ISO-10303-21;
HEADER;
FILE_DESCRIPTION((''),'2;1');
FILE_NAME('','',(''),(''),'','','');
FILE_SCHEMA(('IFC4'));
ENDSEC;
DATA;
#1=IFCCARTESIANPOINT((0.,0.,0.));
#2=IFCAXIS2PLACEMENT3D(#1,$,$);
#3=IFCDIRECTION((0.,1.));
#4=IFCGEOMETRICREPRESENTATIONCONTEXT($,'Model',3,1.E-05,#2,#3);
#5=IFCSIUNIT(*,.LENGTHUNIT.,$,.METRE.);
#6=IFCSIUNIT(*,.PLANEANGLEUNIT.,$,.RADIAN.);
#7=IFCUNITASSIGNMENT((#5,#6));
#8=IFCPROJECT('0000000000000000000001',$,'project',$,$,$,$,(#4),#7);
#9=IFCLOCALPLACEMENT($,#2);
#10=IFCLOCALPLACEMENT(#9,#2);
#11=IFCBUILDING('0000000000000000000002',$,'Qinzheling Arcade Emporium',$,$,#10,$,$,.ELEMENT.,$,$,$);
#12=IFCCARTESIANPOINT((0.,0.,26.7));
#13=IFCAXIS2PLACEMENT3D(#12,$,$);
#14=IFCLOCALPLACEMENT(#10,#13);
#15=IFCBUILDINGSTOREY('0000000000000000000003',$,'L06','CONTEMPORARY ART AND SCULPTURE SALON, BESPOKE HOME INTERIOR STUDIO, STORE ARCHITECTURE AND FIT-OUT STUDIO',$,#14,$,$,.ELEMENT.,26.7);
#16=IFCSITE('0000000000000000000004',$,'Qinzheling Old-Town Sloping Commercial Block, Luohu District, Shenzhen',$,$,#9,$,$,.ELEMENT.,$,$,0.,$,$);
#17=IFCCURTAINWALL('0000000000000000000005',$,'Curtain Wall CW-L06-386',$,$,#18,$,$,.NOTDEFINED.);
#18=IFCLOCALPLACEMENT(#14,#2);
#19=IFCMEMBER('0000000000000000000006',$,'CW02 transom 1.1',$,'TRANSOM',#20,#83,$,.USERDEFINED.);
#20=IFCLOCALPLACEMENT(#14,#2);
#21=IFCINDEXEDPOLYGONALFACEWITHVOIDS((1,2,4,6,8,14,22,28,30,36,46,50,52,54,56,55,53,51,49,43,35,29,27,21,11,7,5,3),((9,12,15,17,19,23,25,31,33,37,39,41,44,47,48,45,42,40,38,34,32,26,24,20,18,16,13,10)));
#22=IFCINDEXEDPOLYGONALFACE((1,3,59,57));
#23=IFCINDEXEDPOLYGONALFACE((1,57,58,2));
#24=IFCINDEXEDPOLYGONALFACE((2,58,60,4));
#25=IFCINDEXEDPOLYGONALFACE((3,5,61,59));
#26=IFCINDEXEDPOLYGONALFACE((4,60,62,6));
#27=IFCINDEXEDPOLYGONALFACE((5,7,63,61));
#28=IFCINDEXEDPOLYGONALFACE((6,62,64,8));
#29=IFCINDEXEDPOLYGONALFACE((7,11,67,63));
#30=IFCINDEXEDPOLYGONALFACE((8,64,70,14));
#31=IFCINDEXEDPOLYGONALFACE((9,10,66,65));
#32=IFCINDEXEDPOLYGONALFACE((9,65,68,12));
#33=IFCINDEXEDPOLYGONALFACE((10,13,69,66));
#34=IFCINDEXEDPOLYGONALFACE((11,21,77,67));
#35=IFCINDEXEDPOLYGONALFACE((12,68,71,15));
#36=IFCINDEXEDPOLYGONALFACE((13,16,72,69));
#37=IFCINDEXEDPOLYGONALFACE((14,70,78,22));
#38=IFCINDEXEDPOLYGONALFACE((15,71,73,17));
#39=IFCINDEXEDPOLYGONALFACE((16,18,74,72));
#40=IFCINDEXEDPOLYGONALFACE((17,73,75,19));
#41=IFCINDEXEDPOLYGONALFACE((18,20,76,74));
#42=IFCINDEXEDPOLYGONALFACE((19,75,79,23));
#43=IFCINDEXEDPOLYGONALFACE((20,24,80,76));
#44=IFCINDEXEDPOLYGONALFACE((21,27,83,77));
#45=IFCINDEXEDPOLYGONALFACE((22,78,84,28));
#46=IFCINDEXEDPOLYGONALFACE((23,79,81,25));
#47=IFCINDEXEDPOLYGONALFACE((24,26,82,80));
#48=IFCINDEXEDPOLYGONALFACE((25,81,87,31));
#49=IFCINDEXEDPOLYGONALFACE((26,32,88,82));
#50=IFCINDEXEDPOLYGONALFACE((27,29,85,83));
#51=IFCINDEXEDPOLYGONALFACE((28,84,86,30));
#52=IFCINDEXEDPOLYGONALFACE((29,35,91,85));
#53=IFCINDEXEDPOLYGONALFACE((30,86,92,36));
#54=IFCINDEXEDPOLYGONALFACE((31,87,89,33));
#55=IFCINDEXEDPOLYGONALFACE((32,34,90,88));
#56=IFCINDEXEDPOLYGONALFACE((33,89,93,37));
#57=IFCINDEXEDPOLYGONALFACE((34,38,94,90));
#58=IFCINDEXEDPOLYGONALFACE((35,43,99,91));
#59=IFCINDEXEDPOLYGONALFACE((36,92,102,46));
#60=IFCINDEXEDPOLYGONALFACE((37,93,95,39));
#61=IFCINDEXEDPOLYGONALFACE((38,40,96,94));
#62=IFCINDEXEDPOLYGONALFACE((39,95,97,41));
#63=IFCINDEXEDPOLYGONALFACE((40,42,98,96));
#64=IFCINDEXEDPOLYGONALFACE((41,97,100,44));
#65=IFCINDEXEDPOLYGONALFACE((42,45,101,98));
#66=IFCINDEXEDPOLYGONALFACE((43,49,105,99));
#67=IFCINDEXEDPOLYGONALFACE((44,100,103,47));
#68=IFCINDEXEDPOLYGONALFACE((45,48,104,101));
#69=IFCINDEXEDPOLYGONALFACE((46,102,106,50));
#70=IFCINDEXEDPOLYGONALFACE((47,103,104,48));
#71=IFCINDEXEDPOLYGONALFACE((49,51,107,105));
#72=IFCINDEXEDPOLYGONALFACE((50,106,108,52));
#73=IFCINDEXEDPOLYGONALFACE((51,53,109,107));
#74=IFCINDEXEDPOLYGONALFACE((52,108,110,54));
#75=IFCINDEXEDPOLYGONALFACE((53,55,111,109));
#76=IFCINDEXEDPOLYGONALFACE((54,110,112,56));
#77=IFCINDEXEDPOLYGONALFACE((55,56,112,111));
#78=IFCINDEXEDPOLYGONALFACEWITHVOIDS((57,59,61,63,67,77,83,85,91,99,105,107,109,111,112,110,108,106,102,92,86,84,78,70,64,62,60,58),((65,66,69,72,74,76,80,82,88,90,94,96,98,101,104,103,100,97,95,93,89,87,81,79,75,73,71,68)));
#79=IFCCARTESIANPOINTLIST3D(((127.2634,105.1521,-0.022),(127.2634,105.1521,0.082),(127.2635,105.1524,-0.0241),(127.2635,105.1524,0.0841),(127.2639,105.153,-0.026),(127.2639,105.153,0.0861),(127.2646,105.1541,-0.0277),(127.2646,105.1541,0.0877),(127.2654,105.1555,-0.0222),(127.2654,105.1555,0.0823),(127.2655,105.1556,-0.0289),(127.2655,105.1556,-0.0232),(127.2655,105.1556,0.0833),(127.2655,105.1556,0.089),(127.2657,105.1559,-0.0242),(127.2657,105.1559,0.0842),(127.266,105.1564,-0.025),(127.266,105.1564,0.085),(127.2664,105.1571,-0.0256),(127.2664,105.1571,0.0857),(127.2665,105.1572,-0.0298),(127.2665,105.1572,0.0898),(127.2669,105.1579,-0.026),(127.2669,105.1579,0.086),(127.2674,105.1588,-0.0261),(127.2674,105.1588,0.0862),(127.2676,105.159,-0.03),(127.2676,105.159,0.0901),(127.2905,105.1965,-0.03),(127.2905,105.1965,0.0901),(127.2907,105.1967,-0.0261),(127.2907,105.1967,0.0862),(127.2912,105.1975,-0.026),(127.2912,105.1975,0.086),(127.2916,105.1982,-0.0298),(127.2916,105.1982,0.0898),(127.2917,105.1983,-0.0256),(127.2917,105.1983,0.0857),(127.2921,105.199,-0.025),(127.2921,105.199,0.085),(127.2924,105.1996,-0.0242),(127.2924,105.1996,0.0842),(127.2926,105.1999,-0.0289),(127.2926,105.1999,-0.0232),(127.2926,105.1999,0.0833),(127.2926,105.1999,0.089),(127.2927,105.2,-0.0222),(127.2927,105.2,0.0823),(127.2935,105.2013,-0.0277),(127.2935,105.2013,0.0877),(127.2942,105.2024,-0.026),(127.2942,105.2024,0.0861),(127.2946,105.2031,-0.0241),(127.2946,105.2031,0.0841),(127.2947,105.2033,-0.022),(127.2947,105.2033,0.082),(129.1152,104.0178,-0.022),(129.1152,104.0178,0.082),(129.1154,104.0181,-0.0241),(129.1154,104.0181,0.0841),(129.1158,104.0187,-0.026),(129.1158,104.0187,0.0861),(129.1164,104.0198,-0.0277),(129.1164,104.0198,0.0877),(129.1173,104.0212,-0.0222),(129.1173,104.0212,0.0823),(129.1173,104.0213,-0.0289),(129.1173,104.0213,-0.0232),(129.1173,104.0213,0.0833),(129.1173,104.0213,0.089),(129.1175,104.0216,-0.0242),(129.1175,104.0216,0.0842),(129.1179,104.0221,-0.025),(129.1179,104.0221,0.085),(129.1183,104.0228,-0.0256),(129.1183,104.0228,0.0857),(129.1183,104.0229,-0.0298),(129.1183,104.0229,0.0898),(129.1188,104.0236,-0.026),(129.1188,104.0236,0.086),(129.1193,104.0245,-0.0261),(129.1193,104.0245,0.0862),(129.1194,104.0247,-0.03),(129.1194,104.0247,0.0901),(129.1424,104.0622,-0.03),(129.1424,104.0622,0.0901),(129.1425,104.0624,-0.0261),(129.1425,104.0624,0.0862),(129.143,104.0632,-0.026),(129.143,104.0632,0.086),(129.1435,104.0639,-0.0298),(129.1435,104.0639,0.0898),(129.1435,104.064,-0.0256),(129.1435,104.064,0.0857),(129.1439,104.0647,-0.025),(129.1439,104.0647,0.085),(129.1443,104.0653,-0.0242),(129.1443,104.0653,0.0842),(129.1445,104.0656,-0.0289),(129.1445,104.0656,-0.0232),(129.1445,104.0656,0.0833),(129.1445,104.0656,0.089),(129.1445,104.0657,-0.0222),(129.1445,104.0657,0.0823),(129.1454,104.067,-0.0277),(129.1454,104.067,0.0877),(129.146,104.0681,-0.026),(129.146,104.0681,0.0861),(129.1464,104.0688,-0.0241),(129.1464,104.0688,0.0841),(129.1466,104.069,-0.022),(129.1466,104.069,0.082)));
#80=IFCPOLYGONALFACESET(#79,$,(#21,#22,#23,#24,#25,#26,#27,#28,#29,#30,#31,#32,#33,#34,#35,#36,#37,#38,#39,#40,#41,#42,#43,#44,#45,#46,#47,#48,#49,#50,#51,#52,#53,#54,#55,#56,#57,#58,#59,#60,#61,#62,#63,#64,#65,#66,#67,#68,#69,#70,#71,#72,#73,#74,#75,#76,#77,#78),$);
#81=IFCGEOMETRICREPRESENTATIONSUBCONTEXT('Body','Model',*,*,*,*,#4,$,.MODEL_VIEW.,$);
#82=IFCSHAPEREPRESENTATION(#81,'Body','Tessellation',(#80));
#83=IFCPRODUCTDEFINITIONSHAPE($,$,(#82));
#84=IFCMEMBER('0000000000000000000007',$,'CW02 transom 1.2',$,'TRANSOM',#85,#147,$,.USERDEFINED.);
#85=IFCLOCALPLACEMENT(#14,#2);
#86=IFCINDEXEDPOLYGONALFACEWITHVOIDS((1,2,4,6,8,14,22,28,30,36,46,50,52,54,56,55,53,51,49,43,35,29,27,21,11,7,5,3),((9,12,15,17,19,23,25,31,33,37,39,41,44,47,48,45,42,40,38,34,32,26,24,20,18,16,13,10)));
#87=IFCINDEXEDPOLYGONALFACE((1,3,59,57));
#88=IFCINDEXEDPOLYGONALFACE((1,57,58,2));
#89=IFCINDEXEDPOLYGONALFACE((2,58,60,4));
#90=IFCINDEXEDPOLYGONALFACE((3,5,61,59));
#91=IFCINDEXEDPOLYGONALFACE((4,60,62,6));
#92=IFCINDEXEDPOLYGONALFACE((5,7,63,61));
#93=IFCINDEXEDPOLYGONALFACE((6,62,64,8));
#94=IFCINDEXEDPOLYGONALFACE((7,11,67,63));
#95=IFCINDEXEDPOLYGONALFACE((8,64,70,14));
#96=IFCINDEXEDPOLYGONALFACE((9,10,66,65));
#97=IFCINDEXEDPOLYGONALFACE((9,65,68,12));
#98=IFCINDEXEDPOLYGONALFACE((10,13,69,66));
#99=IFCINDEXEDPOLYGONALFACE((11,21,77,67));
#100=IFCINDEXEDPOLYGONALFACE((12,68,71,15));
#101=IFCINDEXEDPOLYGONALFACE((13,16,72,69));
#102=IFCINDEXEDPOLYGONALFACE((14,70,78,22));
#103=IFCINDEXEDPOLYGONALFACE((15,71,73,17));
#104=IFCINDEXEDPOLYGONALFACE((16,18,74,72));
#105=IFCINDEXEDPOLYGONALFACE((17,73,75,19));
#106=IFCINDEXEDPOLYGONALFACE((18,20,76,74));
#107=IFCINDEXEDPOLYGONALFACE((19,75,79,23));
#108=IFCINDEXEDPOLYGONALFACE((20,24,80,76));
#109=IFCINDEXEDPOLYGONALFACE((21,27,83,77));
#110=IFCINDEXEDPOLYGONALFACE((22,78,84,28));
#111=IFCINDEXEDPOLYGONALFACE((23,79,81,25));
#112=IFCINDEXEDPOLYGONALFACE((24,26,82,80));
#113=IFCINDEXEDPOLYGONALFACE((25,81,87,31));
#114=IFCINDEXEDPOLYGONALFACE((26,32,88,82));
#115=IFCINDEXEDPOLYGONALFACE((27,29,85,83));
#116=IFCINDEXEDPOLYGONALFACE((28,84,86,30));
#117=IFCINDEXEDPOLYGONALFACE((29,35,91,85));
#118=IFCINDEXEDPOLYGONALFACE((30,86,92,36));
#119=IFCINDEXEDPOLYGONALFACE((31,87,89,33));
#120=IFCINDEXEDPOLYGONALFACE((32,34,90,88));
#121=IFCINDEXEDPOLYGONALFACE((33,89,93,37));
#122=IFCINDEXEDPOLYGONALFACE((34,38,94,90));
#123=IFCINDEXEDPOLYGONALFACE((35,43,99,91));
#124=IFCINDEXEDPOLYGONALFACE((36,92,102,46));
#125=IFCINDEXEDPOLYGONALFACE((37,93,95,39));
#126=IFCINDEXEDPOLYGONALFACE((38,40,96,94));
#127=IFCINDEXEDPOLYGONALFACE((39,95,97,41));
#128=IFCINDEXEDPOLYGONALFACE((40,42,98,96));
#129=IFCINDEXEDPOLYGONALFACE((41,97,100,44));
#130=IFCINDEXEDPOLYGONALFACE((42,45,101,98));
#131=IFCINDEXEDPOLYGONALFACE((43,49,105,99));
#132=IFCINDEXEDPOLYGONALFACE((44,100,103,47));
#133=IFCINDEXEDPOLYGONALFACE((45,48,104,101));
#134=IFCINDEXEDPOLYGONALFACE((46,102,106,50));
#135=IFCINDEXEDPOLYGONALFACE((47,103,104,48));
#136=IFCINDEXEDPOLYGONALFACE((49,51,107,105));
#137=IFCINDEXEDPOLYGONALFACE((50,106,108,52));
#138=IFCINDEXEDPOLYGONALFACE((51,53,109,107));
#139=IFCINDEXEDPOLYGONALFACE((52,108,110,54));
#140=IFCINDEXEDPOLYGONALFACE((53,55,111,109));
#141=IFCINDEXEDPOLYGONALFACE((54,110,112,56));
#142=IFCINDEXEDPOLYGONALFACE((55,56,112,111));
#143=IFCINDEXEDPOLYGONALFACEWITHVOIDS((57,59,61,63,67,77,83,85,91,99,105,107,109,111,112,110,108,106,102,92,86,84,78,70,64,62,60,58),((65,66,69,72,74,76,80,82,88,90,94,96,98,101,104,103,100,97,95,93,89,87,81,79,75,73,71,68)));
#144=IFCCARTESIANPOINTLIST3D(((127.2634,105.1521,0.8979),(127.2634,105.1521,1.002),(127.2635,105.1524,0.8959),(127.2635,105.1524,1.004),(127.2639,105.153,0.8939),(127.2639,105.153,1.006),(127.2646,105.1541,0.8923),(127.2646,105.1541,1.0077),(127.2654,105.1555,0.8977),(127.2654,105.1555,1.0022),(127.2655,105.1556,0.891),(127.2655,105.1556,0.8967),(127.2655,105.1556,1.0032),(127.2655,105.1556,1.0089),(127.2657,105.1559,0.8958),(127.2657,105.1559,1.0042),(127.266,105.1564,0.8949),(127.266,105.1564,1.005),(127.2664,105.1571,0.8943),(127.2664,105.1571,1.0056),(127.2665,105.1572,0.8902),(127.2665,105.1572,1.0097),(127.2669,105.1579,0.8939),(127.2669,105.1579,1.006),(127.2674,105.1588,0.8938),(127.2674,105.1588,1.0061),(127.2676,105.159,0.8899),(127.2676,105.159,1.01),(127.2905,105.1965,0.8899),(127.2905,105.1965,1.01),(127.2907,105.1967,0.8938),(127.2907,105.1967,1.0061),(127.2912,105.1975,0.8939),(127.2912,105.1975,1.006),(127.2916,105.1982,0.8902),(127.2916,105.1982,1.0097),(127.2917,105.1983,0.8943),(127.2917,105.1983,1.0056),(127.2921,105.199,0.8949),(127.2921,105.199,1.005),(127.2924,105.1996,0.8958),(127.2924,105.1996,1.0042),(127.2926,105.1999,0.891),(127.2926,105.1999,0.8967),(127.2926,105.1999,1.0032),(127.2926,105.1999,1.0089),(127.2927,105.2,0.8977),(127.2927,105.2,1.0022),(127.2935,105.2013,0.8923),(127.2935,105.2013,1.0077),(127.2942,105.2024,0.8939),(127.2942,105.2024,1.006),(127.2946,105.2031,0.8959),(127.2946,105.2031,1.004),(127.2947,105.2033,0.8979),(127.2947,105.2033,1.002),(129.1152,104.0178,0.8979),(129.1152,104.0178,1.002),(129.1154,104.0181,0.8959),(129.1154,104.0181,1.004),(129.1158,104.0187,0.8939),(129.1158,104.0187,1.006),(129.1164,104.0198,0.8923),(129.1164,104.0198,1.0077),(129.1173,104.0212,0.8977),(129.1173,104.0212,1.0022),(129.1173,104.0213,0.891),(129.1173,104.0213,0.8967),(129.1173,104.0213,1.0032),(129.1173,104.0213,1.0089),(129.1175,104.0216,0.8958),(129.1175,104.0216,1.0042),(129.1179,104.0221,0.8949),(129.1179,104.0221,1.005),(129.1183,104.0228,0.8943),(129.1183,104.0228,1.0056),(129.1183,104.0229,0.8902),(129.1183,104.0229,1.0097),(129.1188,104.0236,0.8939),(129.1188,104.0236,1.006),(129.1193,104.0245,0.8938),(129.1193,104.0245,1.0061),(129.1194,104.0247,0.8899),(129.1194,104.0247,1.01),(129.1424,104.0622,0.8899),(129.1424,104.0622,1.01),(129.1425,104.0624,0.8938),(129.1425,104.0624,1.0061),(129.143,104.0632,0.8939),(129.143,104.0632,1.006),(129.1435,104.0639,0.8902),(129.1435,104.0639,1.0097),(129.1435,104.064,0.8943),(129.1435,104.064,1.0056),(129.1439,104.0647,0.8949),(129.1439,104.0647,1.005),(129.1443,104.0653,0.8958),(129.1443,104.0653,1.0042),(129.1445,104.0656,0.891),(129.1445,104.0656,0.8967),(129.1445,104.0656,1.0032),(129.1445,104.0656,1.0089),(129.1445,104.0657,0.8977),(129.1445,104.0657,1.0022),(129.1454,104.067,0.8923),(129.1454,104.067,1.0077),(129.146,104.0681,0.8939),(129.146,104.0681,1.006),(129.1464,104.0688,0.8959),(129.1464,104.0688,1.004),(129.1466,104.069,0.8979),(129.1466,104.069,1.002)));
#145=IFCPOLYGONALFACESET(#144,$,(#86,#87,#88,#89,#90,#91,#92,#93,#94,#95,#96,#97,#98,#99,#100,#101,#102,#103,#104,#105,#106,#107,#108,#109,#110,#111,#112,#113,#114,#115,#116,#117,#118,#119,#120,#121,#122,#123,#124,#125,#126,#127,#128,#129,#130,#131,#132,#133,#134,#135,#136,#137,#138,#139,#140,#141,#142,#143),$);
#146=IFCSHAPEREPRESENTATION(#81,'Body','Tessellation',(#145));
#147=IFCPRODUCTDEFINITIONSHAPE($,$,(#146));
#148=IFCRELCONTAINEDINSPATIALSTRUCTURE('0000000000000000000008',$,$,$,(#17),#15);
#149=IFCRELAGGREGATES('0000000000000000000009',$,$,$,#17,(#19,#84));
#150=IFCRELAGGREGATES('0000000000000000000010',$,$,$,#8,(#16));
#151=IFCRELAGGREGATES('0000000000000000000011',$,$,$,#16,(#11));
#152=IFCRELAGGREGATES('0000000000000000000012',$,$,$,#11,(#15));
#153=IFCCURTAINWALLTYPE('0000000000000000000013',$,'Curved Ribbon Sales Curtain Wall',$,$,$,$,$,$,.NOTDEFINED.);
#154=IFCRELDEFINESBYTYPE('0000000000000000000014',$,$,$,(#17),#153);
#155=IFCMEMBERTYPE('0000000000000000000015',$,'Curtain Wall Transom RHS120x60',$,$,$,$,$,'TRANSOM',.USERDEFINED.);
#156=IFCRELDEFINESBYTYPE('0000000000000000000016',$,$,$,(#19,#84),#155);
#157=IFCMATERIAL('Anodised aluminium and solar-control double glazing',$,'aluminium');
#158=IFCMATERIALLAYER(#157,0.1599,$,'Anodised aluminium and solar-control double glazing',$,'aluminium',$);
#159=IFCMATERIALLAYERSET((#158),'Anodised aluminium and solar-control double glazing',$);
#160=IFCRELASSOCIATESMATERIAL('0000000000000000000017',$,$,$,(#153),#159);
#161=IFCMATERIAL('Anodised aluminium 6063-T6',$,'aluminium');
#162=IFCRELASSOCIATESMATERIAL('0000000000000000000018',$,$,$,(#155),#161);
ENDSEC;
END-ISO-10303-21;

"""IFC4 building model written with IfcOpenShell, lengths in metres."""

from ifc_helpers import new_model, si_unit, direction, frame, origin, origin_2d, place, context, subcontext, project, spatial, hollow_rectangle, extrude, material, layer, layer_set, material_profile, profile_set, type_object, element, aggregate, save


model = new_model("IFC4")

# Units and contexts
model_context = context("Model", 3, precision=1e-05, world=origin(), true_north=direction((0.0, 1.0)))
body_context = subcontext(model_context, "Body", "Model", "MODEL_VIEW")
ifc_project = project(units=[si_unit("LENGTHUNIT", "METRE"), si_unit("PLANEANGLEUNIT", "RADIAN")], contexts=[model_context])

# Site, building, storey
site_placement = place(None, origin())
site = spatial("IfcSite", under=ifc_project, at=site_placement, Name="Qinzheling Old-Town Sloping Commercial Block, Luohu District, Shenzhen", CompositionType="ELEMENT", RefElevation=0.0)
building_placement = place(site_placement, origin())
building = spatial("IfcBuilding", under=site, at=building_placement, Name="Qinzheling Arcade Emporium", CompositionType="ELEMENT")
storey_placement = place(building_placement, frame((0.0, 0.0, 26.7)))
storey = spatial("IfcBuildingStorey", under=building, at=storey_placement, Name="L06", Description="CONTEMPORARY ART AND SCULPTURE SALON, BESPOKE HOME INTERIOR STUDIO, STORE ARCHITECTURE AND FIT-OUT STUDIO", CompositionType="ELEMENT", Elevation=26.7)

# Shared definitions
ifc_material_1 = material(Name="Anodised aluminium and solar-control double glazing", Category="aluminium")
ifc_layer_1 = layer(ifc_material_1, 0.1599, Name="Anodised aluminium and solar-control double glazing", Category="aluminium")
ifc_layer_set_1 = layer_set([ifc_layer_1], Name="Anodised aluminium and solar-control double glazing")
curtain_wall_type = type_object("IfcCurtainWallType", Name="Curved Ribbon Sales Curtain Wall", PredefinedType="NOTDEFINED", material=ifc_layer_set_1)
ifc_material_2 = material(Name="Anodised aluminium 6063-T6", Category="aluminium")

# Curtain wall
curtain_wall_1_placement = place(storey_placement, origin())
curtain_wall_1 = element("IfcCurtainWall", 1, at=curtain_wall_1_placement, inside=storey, type_object=curtain_wall_type, Name="Curtain Wall CW-L06-386", PredefinedType="NOTDEFINED")

# Members
ifc_material_profile_1 = material_profile(ifc_material_2, hollow_rectangle(XDim=0.0601, YDim=0.1201, WallThickness=0.0039, InnerFilletRadius=0.0039, OuterFilletRadius=0.0081, at=origin_2d()), Name="RHS 120x60x4", Category="aluminium")
ifc_profile_set_1 = profile_set([ifc_material_profile_1], Name="Anodised aluminium 6063-T6")
member_type_1 = type_object("IfcMemberType", Name="Curtain Wall Transom RHS120x60", ElementType="TRANSOM", PredefinedType="USERDEFINED", material=ifc_profile_set_1)
member_1_placement = place(storey_placement, frame((127.2791, 105.1777, 0.03), z_axis=(0.852745, -0.522327, 0.0), x_axis=(0.522327, 0.852745, 0.0)))
member_1 = element("IfcMember", 2, at=member_1_placement, type_object=member_type_1, Name="CW02 transom 1.1", ObjectType="TRANSOM", PredefinedType="USERDEFINED", context=body_context, shape_type="SweptSolid", body=[
    extrude(hollow_rectangle(XDim=0.0601, YDim=0.1201, WallThickness=0.0039, InnerFilletRadius=0.0039, OuterFilletRadius=0.0081, at=origin_2d()), origin(), (0.0, 0.0, 1.0), 2.1716),
])
member_2_placement = place(storey_placement, frame((127.2791, 105.1777, 0.95), z_axis=(0.852745, -0.522327, 0.0), x_axis=(0.522327, 0.852745, 0.0)))
member_2 = element("IfcMember", 3, at=member_2_placement, type_object=member_type_1, Name="CW02 transom 1.2", ObjectType="TRANSOM", PredefinedType="USERDEFINED", context=body_context, shape_type="SweptSolid", body=[
    extrude(hollow_rectangle(XDim=0.0601, YDim=0.1201, WallThickness=0.0039, InnerFilletRadius=0.0039, OuterFilletRadius=0.0081, at=origin_2d()), origin(), (0.0, 0.0, 1.0), 2.1716),
])

aggregate(curtain_wall_1, [member_1, member_2])

save(model, "model.ifc")
